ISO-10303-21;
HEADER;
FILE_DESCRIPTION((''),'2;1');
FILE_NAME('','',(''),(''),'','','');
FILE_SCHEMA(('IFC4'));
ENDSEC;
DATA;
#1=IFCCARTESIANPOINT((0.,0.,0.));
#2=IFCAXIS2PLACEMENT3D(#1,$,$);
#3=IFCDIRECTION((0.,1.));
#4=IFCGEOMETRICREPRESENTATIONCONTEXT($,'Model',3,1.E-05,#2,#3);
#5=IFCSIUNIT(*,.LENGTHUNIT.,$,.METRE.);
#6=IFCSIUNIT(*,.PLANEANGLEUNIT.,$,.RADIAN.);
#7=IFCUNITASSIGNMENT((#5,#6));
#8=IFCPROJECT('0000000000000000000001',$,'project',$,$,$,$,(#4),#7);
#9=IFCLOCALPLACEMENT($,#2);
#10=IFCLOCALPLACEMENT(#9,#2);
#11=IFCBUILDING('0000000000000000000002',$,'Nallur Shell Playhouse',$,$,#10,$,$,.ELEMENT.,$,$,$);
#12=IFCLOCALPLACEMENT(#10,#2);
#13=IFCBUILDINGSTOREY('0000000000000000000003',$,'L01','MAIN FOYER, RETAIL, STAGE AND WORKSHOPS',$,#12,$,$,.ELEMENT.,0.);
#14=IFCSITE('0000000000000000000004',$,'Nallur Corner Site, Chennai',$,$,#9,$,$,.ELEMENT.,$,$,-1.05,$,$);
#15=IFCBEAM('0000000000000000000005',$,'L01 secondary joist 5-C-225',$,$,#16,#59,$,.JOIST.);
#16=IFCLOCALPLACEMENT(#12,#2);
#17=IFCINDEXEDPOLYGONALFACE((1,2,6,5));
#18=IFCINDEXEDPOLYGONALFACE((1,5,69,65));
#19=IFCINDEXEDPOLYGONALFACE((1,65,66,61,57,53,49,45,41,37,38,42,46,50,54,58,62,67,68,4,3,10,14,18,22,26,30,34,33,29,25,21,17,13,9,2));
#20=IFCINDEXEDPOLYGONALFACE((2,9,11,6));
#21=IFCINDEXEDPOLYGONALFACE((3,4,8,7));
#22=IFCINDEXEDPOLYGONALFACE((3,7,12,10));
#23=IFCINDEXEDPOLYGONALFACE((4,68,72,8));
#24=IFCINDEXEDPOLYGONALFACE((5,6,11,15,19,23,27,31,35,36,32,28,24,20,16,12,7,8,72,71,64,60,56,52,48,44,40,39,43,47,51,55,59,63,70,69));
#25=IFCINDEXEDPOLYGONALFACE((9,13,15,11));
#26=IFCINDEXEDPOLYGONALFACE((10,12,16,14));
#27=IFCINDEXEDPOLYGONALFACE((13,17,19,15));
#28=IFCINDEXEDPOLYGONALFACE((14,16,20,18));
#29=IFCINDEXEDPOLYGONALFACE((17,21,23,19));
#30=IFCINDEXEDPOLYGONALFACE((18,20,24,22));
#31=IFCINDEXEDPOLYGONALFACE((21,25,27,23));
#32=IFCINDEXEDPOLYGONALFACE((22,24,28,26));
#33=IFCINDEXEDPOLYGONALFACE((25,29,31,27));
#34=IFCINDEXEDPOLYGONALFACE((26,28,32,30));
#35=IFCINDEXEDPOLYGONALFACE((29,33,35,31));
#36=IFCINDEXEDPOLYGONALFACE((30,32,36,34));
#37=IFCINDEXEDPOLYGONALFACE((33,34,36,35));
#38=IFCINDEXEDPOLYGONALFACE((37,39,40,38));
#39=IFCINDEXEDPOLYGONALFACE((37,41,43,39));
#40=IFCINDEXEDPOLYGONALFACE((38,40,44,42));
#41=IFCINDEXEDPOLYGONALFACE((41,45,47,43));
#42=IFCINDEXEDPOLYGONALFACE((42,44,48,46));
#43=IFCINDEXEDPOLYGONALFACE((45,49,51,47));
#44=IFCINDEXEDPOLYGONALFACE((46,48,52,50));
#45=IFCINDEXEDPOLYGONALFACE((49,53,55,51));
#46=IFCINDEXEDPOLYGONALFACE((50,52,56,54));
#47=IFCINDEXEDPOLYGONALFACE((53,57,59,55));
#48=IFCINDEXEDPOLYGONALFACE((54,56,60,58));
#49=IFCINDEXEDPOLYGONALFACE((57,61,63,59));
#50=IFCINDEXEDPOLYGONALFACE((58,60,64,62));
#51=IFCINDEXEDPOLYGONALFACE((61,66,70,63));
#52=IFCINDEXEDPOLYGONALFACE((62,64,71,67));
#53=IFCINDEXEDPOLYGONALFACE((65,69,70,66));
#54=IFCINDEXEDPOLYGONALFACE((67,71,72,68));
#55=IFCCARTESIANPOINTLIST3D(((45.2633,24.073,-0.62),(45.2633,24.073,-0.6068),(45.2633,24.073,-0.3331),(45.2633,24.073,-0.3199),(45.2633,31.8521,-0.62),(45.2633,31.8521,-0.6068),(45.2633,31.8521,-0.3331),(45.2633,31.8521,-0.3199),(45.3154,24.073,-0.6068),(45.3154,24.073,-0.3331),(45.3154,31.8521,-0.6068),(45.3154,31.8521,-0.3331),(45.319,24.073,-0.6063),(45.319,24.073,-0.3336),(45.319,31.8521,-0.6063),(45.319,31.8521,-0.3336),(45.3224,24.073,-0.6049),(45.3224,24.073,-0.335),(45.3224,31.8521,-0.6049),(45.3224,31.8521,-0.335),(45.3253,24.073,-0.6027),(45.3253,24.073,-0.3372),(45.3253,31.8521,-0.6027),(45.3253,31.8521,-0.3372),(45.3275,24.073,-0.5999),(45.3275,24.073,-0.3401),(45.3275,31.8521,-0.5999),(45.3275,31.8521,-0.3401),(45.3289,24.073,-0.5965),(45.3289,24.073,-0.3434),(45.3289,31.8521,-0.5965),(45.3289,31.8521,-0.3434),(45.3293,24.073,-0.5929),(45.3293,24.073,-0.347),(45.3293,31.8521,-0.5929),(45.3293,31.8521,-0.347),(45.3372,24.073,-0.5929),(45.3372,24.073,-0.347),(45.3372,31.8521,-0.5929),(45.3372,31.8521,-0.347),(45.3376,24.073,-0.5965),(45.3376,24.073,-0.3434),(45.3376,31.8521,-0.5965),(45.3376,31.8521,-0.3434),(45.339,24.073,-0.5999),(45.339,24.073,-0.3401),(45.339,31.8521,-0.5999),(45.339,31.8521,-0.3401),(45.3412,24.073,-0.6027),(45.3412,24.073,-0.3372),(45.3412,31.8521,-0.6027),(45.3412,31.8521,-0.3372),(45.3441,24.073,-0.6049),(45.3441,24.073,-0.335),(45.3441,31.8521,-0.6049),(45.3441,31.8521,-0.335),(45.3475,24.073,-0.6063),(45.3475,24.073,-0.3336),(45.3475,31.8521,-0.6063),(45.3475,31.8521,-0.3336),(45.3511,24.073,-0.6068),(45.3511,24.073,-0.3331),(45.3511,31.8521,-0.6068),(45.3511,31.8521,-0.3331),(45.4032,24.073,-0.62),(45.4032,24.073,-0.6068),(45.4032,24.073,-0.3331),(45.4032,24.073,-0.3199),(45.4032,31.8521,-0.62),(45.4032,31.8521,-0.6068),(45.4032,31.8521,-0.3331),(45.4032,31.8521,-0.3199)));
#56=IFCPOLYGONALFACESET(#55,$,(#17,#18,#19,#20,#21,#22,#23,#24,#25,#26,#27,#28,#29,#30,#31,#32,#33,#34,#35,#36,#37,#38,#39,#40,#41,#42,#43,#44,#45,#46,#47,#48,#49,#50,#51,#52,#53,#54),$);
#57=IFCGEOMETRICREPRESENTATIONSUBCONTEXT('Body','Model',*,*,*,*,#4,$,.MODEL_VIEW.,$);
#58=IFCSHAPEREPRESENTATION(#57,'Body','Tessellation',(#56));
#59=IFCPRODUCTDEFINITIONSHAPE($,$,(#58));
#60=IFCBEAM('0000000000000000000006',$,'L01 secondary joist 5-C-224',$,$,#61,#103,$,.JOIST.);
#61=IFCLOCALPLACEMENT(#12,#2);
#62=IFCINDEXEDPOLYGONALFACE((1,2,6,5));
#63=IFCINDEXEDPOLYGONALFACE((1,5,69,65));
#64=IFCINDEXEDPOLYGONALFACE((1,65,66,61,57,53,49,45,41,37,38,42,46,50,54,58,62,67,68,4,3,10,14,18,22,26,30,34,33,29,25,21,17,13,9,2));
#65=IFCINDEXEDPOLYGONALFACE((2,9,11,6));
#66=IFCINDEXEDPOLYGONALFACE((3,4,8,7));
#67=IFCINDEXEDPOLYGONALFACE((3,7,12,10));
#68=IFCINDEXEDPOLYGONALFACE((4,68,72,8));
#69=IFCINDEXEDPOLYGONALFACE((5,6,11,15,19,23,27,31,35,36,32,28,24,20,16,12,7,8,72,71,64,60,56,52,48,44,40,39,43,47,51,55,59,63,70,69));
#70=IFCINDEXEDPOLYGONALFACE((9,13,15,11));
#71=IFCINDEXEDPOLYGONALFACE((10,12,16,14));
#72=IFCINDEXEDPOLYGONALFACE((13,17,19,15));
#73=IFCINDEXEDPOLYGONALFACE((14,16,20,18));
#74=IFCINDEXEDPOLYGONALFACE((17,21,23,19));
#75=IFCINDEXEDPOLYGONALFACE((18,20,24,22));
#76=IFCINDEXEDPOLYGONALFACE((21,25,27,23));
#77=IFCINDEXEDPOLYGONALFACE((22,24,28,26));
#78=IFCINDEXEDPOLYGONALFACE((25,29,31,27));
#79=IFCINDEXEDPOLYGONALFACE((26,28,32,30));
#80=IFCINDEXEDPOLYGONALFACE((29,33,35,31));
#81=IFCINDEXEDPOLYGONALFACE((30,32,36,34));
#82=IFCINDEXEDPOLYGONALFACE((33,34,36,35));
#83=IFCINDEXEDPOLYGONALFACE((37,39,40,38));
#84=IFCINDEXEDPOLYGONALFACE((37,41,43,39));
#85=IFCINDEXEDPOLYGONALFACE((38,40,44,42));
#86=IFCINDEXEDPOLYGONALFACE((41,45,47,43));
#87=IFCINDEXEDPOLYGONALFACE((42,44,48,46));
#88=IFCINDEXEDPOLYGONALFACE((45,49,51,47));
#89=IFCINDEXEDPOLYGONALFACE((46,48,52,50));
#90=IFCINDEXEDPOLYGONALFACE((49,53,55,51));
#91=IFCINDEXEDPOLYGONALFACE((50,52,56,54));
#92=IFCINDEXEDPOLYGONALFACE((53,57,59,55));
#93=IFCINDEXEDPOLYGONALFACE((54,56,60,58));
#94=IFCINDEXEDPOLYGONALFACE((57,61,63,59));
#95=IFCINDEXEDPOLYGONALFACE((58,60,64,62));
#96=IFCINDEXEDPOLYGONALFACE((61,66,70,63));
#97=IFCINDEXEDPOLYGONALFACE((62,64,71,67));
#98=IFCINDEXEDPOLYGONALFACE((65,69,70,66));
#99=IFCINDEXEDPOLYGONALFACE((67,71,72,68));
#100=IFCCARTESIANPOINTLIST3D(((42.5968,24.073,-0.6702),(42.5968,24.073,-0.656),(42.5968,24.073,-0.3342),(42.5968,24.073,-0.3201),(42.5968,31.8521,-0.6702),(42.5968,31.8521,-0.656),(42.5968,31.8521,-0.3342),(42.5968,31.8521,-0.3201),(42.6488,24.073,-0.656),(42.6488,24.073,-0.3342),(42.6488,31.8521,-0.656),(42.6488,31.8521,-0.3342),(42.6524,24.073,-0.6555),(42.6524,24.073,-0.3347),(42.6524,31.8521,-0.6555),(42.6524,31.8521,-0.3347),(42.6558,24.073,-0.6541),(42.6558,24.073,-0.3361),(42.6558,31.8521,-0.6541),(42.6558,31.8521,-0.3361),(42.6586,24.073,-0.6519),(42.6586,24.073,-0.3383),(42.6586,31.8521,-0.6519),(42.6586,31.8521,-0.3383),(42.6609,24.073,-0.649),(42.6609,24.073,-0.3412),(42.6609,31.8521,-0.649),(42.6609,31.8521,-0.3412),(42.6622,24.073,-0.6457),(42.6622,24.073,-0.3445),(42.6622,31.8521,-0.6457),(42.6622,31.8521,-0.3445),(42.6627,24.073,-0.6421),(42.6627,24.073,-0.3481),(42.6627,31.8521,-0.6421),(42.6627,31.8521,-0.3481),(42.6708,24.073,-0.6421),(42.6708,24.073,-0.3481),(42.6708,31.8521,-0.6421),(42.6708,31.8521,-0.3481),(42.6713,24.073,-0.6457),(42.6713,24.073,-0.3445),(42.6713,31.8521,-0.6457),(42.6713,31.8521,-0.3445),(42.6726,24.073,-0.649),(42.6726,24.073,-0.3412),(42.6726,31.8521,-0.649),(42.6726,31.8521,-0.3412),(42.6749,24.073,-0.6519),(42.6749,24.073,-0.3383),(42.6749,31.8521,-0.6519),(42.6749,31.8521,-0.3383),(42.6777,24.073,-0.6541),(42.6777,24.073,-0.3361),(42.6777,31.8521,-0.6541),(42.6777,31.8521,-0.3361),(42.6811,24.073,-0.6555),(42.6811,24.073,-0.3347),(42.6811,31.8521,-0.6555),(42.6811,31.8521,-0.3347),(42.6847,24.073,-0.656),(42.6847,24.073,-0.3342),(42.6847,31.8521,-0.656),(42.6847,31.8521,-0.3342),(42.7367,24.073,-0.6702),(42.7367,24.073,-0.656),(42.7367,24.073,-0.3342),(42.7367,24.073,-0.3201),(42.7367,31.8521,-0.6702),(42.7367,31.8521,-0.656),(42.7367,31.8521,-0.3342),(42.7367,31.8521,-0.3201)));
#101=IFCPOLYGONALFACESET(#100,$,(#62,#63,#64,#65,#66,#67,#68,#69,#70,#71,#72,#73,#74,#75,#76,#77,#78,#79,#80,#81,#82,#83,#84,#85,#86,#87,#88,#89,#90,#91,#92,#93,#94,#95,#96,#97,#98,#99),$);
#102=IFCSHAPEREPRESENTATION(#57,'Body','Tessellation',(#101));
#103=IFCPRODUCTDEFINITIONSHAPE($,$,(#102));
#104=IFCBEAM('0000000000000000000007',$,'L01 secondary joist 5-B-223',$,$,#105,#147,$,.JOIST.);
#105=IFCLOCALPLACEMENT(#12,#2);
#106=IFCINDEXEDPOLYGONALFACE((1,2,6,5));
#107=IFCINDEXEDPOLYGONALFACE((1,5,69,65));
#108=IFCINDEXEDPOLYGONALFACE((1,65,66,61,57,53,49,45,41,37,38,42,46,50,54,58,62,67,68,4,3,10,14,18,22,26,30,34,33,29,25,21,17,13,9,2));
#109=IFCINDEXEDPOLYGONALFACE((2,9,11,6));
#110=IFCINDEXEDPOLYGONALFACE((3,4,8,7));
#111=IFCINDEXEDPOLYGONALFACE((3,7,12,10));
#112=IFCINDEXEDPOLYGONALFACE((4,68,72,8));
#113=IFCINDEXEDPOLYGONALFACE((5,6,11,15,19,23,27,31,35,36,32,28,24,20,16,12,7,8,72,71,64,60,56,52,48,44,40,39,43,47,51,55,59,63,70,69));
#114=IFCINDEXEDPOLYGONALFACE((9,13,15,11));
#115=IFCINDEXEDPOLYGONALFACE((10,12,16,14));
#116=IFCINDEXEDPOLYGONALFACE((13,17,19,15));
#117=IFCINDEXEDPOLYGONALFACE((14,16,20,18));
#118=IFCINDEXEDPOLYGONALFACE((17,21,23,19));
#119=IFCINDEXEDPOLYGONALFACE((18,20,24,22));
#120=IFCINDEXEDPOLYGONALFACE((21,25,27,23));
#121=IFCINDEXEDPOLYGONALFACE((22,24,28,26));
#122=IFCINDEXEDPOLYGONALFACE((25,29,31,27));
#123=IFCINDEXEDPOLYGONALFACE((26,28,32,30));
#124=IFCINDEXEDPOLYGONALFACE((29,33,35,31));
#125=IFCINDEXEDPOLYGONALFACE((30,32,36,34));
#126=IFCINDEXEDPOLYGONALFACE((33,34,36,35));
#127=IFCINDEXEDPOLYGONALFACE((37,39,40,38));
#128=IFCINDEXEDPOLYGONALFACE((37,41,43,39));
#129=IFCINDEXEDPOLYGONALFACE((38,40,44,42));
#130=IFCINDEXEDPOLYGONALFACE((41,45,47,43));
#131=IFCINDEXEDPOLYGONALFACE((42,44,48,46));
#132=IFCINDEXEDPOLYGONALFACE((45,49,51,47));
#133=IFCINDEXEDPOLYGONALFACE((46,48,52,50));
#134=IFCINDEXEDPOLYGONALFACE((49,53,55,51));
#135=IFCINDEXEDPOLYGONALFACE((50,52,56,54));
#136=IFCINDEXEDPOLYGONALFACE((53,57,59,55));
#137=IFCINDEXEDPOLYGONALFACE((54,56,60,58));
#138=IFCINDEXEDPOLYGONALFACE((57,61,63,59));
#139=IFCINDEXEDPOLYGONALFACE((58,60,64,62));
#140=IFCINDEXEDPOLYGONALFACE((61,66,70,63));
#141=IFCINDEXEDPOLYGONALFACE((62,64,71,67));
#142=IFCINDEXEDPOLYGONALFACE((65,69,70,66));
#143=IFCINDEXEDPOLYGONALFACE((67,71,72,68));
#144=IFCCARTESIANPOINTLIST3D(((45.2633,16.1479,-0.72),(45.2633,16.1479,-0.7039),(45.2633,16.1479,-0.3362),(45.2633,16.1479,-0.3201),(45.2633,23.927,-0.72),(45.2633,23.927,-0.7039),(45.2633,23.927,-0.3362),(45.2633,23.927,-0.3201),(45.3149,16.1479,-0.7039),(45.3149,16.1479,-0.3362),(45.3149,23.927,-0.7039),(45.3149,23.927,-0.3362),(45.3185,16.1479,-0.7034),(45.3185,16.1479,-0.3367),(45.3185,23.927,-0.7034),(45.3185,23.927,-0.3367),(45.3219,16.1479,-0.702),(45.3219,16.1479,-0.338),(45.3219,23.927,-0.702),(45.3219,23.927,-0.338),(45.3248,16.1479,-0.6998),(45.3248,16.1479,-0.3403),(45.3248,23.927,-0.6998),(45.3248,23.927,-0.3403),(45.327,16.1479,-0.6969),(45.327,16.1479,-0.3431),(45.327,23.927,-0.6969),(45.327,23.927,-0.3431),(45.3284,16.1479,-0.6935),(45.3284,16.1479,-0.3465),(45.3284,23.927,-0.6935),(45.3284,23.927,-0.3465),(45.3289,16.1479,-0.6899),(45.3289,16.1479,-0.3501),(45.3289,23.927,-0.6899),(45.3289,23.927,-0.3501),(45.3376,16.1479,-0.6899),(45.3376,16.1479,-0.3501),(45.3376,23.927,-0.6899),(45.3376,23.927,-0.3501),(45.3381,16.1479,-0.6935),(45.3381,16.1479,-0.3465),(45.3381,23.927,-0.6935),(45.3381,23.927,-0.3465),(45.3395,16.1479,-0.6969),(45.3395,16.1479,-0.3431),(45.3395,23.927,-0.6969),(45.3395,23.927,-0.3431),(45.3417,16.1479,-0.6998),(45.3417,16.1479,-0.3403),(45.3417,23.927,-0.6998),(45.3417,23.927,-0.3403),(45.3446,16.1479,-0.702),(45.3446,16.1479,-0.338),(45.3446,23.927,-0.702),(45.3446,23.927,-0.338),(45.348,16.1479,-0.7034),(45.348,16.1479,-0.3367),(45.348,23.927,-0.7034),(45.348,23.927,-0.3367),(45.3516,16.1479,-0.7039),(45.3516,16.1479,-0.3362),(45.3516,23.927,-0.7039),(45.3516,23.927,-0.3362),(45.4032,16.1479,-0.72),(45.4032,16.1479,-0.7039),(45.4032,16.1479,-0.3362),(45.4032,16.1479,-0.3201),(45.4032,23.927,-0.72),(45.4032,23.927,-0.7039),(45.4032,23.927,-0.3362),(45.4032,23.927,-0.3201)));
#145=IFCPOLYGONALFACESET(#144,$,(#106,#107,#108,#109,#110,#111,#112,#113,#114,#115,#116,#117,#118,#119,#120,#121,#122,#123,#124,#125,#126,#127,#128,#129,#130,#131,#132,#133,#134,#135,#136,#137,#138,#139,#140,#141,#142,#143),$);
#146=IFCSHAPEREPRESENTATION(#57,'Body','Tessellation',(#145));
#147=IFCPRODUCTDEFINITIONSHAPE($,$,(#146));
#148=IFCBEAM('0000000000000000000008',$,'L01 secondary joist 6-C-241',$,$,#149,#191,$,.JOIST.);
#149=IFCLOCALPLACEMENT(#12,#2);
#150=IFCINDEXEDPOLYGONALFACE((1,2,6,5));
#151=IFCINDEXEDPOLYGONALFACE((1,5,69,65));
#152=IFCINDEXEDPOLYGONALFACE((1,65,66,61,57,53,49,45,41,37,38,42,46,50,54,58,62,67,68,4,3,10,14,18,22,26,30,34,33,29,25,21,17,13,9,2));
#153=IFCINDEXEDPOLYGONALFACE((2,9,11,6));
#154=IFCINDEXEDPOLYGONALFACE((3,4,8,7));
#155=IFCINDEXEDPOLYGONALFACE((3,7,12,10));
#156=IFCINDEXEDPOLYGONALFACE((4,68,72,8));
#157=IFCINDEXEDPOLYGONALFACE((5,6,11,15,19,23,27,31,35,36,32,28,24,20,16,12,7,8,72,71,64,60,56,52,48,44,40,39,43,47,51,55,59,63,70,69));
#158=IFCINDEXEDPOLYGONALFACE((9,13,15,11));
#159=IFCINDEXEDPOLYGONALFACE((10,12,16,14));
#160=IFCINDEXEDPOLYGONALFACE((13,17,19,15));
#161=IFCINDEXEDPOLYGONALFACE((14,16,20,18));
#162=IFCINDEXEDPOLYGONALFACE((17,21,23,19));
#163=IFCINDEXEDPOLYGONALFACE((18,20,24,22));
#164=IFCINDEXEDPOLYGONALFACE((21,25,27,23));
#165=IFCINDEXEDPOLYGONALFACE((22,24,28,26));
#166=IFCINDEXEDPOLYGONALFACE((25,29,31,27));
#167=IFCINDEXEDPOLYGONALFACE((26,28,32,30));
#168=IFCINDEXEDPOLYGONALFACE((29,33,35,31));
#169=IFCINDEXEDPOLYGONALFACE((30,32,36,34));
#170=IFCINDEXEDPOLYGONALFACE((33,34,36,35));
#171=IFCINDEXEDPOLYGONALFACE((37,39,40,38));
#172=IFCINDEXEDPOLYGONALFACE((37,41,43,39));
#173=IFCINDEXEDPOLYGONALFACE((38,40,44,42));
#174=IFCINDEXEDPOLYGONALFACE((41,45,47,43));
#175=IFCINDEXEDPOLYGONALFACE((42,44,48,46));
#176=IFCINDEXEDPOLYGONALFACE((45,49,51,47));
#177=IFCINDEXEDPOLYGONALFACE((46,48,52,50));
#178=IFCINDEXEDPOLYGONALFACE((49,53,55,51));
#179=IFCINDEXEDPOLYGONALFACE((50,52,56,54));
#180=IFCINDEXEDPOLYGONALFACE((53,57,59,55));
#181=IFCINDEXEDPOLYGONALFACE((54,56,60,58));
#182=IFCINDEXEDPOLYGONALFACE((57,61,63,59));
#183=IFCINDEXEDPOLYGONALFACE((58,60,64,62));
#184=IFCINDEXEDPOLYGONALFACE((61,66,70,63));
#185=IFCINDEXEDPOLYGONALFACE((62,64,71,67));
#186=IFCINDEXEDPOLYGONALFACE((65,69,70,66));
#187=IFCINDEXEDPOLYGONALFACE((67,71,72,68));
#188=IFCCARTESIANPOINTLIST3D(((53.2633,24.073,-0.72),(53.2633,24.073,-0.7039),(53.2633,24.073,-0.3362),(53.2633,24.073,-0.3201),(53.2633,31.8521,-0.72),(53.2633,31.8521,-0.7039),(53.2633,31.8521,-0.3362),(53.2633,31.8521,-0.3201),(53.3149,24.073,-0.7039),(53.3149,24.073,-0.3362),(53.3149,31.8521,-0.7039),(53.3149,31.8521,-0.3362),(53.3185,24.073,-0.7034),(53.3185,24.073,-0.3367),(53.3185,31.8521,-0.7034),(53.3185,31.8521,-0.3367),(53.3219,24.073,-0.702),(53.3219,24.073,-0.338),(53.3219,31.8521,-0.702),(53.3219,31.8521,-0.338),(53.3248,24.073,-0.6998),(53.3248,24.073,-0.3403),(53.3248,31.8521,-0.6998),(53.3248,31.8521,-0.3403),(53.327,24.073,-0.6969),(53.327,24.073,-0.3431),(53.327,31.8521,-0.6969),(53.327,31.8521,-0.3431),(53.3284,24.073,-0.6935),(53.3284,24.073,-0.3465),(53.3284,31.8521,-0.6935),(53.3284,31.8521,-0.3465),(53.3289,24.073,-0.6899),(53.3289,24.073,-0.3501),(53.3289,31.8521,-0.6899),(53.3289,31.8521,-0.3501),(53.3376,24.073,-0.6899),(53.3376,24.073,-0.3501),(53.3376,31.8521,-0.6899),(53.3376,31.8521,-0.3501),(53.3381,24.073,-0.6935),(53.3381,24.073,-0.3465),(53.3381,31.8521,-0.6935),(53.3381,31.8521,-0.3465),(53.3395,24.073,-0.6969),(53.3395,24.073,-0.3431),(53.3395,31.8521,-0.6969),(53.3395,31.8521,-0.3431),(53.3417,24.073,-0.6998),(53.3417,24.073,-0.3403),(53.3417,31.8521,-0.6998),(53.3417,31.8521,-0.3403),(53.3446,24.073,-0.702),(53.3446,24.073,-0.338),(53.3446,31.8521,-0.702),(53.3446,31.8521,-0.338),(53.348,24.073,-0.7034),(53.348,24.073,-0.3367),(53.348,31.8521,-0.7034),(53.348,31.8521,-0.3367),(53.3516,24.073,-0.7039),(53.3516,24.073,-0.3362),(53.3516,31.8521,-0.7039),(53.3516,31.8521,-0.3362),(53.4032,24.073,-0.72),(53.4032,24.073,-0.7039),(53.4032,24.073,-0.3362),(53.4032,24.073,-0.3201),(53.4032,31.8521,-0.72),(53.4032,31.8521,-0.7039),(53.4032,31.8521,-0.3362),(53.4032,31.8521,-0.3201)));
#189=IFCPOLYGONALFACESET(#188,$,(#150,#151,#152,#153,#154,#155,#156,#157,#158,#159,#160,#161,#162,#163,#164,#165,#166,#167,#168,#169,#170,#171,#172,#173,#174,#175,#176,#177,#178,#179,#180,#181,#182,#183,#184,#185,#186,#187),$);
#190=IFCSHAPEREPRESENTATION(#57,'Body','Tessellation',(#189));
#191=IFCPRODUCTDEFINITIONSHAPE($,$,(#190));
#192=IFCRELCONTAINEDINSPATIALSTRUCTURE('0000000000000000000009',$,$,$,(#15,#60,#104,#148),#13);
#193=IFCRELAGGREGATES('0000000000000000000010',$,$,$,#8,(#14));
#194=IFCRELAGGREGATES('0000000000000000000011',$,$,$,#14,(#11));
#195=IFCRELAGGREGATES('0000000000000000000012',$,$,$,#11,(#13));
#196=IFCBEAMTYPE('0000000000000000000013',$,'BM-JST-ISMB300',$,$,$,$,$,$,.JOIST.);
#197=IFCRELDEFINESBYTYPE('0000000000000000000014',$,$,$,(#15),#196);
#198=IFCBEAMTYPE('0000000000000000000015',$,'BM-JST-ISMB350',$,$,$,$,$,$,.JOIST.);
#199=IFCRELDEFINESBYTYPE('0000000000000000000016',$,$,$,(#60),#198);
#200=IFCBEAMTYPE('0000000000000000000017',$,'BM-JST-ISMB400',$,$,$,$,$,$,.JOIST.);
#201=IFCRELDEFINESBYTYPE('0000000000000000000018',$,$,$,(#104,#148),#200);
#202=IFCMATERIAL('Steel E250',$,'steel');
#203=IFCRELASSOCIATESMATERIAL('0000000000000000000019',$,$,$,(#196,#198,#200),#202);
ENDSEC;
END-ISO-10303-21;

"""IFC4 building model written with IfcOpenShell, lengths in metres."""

from ifc_helpers import new_model, si_unit, direction, frame, origin, origin_2d, place, context, subcontext, project, spatial, i_section, extrude, material, material_profile, profile_set, type_object, element, save


model = new_model("IFC4")

# Units and contexts
model_context = context("Model", 3, precision=1e-05, world=origin(), true_north=direction((0.0, 1.0)))
body_context = subcontext(model_context, "Body", "Model", "MODEL_VIEW")
ifc_project = project(units=[si_unit("LENGTHUNIT", "METRE"), si_unit("PLANEANGLEUNIT", "RADIAN")], contexts=[model_context])

# Site, building, storey
site_placement = place(None, origin())
site = spatial("IfcSite", under=ifc_project, at=site_placement, Name="Nallur Corner Site, Chennai", CompositionType="ELEMENT", RefElevation=-1.05)
building_placement = place(site_placement, origin())
building = spatial("IfcBuilding", under=site, at=building_placement, Name="Nallur Shell Playhouse", CompositionType="ELEMENT")
storey_placement = place(building_placement, origin())
storey = spatial("IfcBuildingStorey", under=building, at=storey_placement, Name="L01", Description="MAIN FOYER, RETAIL, STAGE AND WORKSHOPS", CompositionType="ELEMENT", Elevation=0.0)

# Beams
ifc_material_1 = material(Name="Steel E250", Category="steel")
ifc_material_profile_1 = material_profile(ifc_material_1, i_section(OverallWidth=0.1399, OverallDepth=0.3, WebThickness=0.0078, FlangeThickness=0.0132, FilletRadius=0.0139, at=origin_2d()), Name="ISMB 300")
ifc_profile_set_1 = profile_set([ifc_material_profile_1], Name="Steel E250")
beam_type_1 = type_object("IfcBeamType", Name="BM-JST-ISMB300", PredefinedType="JOIST", material=ifc_profile_set_1)
beam_1_placement = place(storey_placement, frame((45.3333, 24.073, -0.47), z_axis=(0.0, 1.0, 0.0), x_axis=(-1.0, 0.0, 0.0)))
element("IfcBeam", 1, at=beam_1_placement, inside=storey, type_object=beam_type_1, Name="L01 secondary joist 5-C-225", PredefinedType="JOIST", context=body_context, shape_type="SweptSolid", body=[
    extrude(i_section(OverallWidth=0.1399, OverallDepth=0.3, WebThickness=0.0078, FlangeThickness=0.0132, FilletRadius=0.0139, at=origin_2d()), origin(), (0.0, 0.0, 1.0), 7.7791),
])
ifc_material_profile_2 = material_profile(ifc_material_1, i_section(OverallWidth=0.1399, OverallDepth=0.3501, WebThickness=0.0081, FlangeThickness=0.0142, FilletRadius=0.0139, at=origin_2d()), Name="ISMB 350")
ifc_profile_set_2 = profile_set([ifc_material_profile_2], Name="Steel E250")
beam_type_2 = type_object("IfcBeamType", Name="BM-JST-ISMB350", PredefinedType="JOIST", material=ifc_profile_set_2)
beam_2_placement = place(storey_placement, frame((42.6667, 24.073, -0.4951), z_axis=(0.0, 1.0, 0.0), x_axis=(-1.0, 0.0, 0.0)))
element("IfcBeam", 2, at=beam_2_placement, inside=storey, type_object=beam_type_2, Name="L01 secondary joist 5-C-224", PredefinedType="JOIST", context=body_context, shape_type="SweptSolid", body=[
    extrude(i_section(OverallWidth=0.1399, OverallDepth=0.3501, WebThickness=0.0081, FlangeThickness=0.0142, FilletRadius=0.0139, at=origin_2d()), origin(), (0.0, 0.0, 1.0), 7.7791),
])
ifc_material_profile_3 = material_profile(ifc_material_1, i_section(OverallWidth=0.1399, OverallDepth=0.3999, WebThickness=0.0088, FlangeThickness=0.0161, FilletRadius=0.0139, at=origin_2d()), Name="ISMB 400")
ifc_profile_set_3 = profile_set([ifc_material_profile_3], Name="Steel E250")
beam_type_3 = type_object("IfcBeamType", Name="BM-JST-ISMB400", PredefinedType="JOIST", material=ifc_profile_set_3)
for number, where, z_axis, x_axis, name in (
    (3, (45.3333, 16.1479, -0.52), (0.0, 1.0, 0.0), (-1.0, 0.0, 0.0), "L01 secondary joist 5-B-223"),
    (4, (53.3333, 24.073, -0.52), (0.0, 1.0, 0.0), (-1.0, 0.0, 0.0), "L01 secondary joist 6-C-241"),
):
    element("IfcBeam", number, at=place(storey_placement, frame(where, z_axis=z_axis, x_axis=x_axis)), inside=storey, type_object=beam_type_3, Name=name, PredefinedType="JOIST", context=body_context, shape_type="SweptSolid", body=[
        extrude(i_section(OverallWidth=0.1399, OverallDepth=0.3999, WebThickness=0.0088, FlangeThickness=0.0161, FilletRadius=0.0139, at=origin_2d()), origin(), (0.0, 0.0, 1.0), 7.7791),
    ])

save(model, "model.ifc")
